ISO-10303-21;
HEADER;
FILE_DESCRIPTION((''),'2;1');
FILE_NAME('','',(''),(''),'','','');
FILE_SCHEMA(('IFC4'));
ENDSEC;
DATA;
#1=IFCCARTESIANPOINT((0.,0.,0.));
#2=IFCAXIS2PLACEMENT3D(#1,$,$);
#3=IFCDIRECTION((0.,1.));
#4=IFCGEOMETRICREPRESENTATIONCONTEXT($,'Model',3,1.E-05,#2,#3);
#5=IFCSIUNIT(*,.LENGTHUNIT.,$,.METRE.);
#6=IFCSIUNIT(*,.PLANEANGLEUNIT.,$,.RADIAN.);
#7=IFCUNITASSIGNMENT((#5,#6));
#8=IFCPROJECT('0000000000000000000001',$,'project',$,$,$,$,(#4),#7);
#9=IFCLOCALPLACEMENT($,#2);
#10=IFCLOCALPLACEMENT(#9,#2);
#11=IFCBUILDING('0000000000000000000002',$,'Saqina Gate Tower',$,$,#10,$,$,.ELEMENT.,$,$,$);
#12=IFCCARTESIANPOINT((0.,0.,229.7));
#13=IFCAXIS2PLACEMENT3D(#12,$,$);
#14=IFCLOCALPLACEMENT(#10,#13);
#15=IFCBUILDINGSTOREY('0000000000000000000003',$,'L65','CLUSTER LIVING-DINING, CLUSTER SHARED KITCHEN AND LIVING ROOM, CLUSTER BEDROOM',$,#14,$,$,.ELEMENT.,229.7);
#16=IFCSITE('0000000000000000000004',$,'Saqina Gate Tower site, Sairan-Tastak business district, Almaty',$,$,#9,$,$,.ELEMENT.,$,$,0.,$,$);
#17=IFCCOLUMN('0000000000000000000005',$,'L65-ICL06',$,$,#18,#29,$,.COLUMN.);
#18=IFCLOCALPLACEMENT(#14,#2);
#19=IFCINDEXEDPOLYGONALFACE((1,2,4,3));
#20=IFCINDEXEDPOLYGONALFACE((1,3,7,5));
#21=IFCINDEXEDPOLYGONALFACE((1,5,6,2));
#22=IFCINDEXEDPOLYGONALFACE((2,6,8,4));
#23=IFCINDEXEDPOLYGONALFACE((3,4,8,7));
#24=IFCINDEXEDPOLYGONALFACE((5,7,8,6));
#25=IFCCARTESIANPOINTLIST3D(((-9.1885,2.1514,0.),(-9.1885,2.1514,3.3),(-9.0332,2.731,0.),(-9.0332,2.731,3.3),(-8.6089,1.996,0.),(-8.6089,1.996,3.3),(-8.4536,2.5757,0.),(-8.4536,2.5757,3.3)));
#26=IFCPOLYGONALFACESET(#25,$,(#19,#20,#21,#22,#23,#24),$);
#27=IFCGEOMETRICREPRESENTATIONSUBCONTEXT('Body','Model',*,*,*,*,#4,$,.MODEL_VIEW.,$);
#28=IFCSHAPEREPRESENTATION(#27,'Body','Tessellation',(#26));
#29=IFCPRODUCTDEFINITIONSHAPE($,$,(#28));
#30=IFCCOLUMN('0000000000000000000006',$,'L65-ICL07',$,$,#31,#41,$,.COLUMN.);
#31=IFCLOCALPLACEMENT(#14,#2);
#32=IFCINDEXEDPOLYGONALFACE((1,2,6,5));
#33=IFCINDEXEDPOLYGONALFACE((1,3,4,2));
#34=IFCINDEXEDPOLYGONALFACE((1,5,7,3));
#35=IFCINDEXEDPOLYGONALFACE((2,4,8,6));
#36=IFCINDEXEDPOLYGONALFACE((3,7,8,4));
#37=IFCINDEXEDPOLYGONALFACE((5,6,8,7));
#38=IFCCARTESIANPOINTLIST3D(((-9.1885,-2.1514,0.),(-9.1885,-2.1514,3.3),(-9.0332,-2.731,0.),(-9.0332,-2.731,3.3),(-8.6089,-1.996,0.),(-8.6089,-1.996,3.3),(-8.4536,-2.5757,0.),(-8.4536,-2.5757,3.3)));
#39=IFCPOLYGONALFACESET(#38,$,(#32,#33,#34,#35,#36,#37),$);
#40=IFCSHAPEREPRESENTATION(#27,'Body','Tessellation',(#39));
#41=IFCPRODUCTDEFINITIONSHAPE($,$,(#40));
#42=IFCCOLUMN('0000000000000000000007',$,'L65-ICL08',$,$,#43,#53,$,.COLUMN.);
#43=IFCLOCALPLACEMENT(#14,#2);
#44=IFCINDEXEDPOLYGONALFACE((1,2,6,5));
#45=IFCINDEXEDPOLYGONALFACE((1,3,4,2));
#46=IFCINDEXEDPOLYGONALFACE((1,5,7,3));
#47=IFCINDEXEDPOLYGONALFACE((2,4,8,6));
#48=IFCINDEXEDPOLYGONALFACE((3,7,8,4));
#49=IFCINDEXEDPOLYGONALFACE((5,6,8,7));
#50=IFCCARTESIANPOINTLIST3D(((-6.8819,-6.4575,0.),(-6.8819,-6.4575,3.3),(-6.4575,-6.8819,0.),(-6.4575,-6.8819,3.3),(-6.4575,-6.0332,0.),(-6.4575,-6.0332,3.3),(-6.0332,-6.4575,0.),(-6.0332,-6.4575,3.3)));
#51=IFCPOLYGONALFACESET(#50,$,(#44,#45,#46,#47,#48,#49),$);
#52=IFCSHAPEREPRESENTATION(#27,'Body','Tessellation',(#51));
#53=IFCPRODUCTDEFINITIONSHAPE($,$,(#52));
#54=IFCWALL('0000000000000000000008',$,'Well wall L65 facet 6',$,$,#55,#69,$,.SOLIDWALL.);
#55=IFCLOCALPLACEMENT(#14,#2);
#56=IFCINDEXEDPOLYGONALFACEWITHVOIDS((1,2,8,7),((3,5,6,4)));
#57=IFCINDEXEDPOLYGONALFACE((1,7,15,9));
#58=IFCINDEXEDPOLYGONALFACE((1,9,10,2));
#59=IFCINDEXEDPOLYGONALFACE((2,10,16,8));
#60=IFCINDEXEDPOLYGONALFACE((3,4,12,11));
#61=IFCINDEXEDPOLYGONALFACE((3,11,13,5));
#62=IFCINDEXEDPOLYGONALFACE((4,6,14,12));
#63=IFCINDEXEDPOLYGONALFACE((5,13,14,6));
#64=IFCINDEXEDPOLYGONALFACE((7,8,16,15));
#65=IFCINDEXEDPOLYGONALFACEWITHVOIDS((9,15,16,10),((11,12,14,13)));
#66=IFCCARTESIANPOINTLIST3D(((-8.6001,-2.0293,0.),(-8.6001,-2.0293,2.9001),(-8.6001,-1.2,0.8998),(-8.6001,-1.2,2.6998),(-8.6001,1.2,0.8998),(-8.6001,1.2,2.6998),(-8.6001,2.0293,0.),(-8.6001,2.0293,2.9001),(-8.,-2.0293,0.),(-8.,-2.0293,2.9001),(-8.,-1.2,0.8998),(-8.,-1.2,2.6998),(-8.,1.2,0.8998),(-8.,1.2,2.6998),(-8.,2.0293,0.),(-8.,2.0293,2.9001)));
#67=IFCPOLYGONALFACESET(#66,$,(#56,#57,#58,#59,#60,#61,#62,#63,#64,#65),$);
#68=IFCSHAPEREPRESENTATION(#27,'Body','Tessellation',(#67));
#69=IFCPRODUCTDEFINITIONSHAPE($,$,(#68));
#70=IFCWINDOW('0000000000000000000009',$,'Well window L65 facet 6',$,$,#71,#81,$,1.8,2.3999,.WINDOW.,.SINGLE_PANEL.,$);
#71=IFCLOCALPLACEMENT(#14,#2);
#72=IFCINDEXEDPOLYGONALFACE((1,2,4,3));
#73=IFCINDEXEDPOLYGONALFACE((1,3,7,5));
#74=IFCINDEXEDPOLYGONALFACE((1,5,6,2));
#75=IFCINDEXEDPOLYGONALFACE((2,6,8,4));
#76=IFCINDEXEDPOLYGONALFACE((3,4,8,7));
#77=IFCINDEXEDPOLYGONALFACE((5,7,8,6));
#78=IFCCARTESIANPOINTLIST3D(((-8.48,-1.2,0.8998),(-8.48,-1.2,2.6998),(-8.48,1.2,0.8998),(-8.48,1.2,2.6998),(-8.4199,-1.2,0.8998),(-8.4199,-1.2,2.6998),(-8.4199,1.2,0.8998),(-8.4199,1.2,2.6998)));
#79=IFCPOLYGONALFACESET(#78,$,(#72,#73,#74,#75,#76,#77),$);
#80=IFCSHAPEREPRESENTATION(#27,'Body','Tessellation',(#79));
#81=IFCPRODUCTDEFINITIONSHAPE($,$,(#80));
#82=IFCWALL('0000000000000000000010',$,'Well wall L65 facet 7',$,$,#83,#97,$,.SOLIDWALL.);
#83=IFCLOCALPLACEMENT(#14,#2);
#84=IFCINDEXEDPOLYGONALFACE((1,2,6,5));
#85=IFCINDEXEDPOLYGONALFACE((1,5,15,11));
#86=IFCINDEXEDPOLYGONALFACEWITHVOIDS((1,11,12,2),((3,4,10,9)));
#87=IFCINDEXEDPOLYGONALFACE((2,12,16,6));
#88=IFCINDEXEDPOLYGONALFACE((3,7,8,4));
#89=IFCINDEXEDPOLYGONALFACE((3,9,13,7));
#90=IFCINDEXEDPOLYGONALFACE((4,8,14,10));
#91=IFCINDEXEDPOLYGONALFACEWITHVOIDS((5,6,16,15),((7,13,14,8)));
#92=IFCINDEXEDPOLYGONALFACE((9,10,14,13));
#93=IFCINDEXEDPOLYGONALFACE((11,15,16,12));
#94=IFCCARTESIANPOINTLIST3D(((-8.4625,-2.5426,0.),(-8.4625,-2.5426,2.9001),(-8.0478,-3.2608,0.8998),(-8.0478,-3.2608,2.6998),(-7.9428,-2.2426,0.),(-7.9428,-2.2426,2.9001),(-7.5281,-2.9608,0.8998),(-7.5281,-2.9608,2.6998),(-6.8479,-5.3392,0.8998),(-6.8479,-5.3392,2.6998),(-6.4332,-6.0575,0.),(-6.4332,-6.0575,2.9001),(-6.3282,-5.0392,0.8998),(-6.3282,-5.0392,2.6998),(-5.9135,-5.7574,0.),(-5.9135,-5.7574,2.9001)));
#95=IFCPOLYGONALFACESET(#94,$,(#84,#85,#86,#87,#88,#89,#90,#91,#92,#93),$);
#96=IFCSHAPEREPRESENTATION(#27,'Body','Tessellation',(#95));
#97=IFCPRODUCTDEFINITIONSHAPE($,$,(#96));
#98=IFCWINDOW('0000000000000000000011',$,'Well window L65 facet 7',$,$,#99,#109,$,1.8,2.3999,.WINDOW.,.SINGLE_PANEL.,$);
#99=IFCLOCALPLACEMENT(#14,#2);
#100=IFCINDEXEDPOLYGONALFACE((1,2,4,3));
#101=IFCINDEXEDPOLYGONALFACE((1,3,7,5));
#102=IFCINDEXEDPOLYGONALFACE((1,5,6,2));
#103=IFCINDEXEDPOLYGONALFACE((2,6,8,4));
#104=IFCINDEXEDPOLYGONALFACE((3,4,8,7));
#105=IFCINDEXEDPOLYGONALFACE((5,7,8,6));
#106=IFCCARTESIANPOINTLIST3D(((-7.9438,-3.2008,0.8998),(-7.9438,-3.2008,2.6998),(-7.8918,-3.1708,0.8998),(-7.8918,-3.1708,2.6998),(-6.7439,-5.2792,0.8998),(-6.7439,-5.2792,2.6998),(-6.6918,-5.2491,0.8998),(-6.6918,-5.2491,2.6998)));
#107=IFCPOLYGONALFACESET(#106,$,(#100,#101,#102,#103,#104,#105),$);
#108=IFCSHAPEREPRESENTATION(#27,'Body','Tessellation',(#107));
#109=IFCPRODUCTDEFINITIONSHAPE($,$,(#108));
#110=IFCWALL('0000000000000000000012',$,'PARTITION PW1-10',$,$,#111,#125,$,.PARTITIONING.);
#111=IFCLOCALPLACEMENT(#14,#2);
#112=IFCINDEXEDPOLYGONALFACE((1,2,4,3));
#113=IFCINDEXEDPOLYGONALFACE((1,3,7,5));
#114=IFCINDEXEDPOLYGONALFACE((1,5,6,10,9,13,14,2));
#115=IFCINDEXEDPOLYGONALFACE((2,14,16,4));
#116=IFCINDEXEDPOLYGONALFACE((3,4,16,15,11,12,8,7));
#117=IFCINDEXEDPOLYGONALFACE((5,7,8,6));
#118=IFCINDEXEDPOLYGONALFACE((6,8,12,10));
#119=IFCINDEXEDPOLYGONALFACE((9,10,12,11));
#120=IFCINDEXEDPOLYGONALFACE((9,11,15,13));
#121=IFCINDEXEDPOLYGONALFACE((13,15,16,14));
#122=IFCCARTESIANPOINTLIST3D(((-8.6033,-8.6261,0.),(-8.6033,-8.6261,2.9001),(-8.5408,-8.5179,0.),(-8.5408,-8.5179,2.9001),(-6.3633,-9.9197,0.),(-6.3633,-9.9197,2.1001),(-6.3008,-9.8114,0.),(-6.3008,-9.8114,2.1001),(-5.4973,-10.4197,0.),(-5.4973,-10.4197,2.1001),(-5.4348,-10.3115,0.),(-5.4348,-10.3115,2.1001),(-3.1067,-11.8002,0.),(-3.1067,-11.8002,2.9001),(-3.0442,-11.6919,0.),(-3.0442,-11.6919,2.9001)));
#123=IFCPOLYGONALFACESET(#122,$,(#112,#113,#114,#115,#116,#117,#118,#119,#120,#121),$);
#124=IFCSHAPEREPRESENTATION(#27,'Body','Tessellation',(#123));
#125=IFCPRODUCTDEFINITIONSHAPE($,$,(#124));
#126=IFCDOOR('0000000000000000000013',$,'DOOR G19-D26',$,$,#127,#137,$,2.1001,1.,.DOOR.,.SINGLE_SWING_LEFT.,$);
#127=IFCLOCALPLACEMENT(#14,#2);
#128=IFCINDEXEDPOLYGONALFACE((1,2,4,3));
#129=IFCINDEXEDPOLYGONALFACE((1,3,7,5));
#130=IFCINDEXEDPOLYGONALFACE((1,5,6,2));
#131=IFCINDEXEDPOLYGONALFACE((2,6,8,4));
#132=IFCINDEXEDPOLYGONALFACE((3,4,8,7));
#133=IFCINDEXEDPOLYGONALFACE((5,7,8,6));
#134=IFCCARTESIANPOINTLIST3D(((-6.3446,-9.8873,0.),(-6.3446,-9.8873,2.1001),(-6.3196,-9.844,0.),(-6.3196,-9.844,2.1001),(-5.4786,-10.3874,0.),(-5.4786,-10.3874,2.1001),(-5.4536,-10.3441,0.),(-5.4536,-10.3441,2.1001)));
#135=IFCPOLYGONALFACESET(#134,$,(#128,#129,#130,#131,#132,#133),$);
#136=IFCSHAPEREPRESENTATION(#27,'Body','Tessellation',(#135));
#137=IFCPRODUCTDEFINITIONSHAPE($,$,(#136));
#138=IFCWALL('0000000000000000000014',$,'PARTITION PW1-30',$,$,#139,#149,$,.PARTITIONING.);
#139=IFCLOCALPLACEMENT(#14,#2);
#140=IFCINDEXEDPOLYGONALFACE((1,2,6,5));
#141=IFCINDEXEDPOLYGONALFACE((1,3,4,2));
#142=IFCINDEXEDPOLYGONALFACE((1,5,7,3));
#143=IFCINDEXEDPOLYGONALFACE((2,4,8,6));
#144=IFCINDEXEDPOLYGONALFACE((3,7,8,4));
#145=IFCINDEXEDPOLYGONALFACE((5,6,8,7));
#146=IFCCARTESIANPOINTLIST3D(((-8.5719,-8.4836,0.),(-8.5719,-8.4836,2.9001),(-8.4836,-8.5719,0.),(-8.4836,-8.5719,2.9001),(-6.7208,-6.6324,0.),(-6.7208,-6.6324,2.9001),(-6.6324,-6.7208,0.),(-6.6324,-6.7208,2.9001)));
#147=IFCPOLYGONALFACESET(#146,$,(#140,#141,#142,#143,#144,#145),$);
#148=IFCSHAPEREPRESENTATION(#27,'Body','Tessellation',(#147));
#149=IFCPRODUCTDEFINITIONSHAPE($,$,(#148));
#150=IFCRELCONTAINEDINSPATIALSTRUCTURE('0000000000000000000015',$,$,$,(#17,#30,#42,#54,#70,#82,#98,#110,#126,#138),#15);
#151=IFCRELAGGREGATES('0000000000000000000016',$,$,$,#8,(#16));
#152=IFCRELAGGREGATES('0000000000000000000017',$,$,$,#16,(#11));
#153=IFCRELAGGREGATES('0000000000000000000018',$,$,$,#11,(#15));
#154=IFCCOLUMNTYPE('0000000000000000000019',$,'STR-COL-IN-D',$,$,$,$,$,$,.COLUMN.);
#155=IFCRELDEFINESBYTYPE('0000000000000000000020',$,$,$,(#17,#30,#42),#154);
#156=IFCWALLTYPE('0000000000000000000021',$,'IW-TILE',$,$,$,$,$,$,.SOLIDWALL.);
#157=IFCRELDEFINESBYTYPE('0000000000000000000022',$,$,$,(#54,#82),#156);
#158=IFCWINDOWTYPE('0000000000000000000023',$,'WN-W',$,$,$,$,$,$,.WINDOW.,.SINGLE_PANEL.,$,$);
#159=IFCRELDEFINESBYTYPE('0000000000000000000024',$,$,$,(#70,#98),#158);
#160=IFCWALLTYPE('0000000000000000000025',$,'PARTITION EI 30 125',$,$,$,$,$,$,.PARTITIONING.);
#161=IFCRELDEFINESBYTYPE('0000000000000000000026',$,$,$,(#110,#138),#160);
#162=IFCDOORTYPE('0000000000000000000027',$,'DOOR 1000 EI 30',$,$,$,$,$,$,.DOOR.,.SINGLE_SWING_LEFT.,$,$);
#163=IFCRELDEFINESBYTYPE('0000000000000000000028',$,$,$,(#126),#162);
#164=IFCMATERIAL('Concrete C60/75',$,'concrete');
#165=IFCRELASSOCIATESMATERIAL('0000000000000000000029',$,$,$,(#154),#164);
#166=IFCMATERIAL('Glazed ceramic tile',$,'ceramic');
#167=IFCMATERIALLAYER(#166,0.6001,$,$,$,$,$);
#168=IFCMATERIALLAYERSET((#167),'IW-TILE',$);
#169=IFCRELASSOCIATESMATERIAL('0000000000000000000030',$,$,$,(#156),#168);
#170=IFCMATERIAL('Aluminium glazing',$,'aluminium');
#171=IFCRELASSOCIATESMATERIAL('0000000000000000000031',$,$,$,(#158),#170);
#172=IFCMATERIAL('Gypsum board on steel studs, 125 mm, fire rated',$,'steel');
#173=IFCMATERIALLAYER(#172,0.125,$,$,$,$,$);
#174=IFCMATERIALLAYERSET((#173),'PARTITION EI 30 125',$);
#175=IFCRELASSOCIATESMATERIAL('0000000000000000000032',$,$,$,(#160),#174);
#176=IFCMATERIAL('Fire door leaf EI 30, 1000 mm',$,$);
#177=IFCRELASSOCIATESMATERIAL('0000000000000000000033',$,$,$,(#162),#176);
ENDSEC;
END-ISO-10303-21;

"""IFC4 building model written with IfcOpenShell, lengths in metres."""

from ifc_helpers import new_model, si_unit, direction, frame, frame_2d, origin, origin_2d, place, context, subcontext, project, spatial, rectangle, extrude, material, layer, layer_set, material_profile, profile_set, type_object, element, fill, save


model = new_model("IFC4")

# Units and contexts
model_context = context("Model", 3, precision=1e-05, world=origin(), true_north=direction((0.0, 1.0)))
body_context = subcontext(model_context, "Body", "Model", "MODEL_VIEW")
ifc_project = project(units=[si_unit("LENGTHUNIT", "METRE"), si_unit("PLANEANGLEUNIT", "RADIAN")], contexts=[model_context])

# Site, building, storey
site_placement = place(None, origin())
site = spatial("IfcSite", under=ifc_project, at=site_placement, Name="Saqina Gate Tower site, Sairan-Tastak business district, Almaty", CompositionType="ELEMENT", RefElevation=0.0)
building_placement = place(site_placement, origin())
building = spatial("IfcBuilding", under=site, at=building_placement, Name="Saqina Gate Tower", CompositionType="ELEMENT")
storey_placement = place(building_placement, frame((0.0, 0.0, 229.7)))
storey = spatial("IfcBuildingStorey", under=building, at=storey_placement, Name="L65", Description="CLUSTER LIVING-DINING, CLUSTER SHARED KITCHEN AND LIVING ROOM, CLUSTER BEDROOM", CompositionType="ELEMENT", Elevation=229.7)

# Columns
ifc_material_1 = material(Name="Concrete C60/75", Category="concrete")
ifc_material_profile = material_profile(ifc_material_1, rectangle(XDim=0.6001, YDim=0.6001, at=origin_2d()), Name="RC 600x600")
ifc_profile_set = profile_set([ifc_material_profile], Name="Concrete C60/75")
column_type = type_object("IfcColumnType", Name="STR-COL-IN-D", PredefinedType="COLUMN", material=ifc_profile_set)
for number, where, z_axis, x_axis, name in (
    (1, (-8.821, 2.3635, 0.0), (0.0, 0.0, 1.0), (-0.965926, 0.258819, 0.0), "L65-ICL06"),
    (2, (-8.821, -2.3635, 0.0), (0.0, 0.0, 1.0), (-0.965926, -0.258819, 0.0), "L65-ICL07"),
    (3, (-6.4575, -6.4575, 0.0), (0.0, 0.0, 1.0), (-0.707107, -0.707107, 0.0), "L65-ICL08"),
):
    element("IfcColumn", number, at=place(storey_placement, frame(where, z_axis=z_axis, x_axis=x_axis)), inside=storey, type_object=column_type, Name=name, PredefinedType="COLUMN", context=body_context, shape_type="SweptSolid", body=[
        extrude(rectangle(XDim=0.6001, YDim=0.6001, at=origin_2d()), origin(), (0.0, 0.0, 1.0), 3.3),
    ])

# Walls, openings, windows
ifc_material_2 = material(Name="Glazed ceramic tile", Category="ceramic")
ifc_layer_1 = layer(ifc_material_2, 0.6001)
ifc_layer_set_1 = layer_set([ifc_layer_1], Name="IW-TILE")
wall_type_1 = type_object("IfcWallType", Name="IW-TILE", PredefinedType="SOLIDWALL", material=ifc_layer_set_1)
wall_1_placement = place(storey_placement, frame((-8.3, 2.0293, 0.0), z_axis=(0.0, 0.0, 1.0), x_axis=(0.0, -1.0, 0.0)))
wall_1 = element("IfcWall", 4, at=wall_1_placement, inside=storey, type_object=wall_type_1, Name="Well wall L65 facet 6", PredefinedType="SOLIDWALL", context=body_context, shape_type="SweptSolid", body=[
    extrude(rectangle(XDim=4.0586, YDim=0.6001, at=frame_2d((2.0293, 0.0))), origin(), (0.0, 0.0, 1.0), 2.9001),
])
opening_1_placement = place(wall_1_placement, frame((0.8293, 0.0, 0.8999)))
opening_1 = element("IfcOpeningElement", 5, at=opening_1_placement, cuts=wall_1, PredefinedType="OPENING", context=body_context, shape_type="SweptSolid", body=[
    extrude(rectangle(XDim=2.3999, YDim=1.8, at=frame_2d((1.2, 0.8999))), frame((0.0, 0.312, 0.0), z_axis=(0.0, -1.0, 0.0), x_axis=(1.0, 0.0, 0.0)), (0.0, 0.0, 1.0), 0.624),
])
ifc_material_3 = material(Name="Aluminium glazing", Category="aluminium")
window_type = type_object("IfcWindowType", Name="WN-W", PartitioningType="SINGLE_PANEL", PredefinedType="WINDOW", material=ifc_material_3)
window_1_placement = place(opening_1_placement, origin())
window_1 = element("IfcWindow", 6, at=window_1_placement, inside=storey, type_object=window_type, Name="Well window L65 facet 6", OverallHeight=1.8, OverallWidth=2.3999, PartitioningType="SINGLE_PANEL", PredefinedType="WINDOW", context=body_context, shape_type="SweptSolid", body=[
    extrude(rectangle(XDim=2.3999, YDim=1.8, at=frame_2d((1.2, 0.8999))), frame((0.0, -0.1199, 0.0), z_axis=(0.0, -1.0, 0.0), x_axis=(1.0, 0.0, 0.0)), (0.0, 0.0, 1.0), 0.0601),
])
fill(opening_1, window_1)
wall_2_placement = place(storey_placement, frame((-8.2026, -2.3926, 0.0), z_axis=(0.0, 0.0, 1.0), x_axis=(0.499995, -0.866028, 0.0)))
wall_2 = element("IfcWall", 7, at=wall_2_placement, inside=storey, type_object=wall_type_1, Name="Well wall L65 facet 7", PredefinedType="SOLIDWALL", context=body_context, shape_type="SweptSolid", body=[
    extrude(rectangle(XDim=4.0586, YDim=0.6001, at=frame_2d((2.0293, 0.0))), origin(), (0.0, 0.0, 1.0), 2.9001),
])
opening_2_placement = place(wall_2_placement, frame((0.8293, 0.0, 0.8999)))
opening_2 = element("IfcOpeningElement", 8, at=opening_2_placement, cuts=wall_2, PredefinedType="OPENING", context=body_context, shape_type="SweptSolid", body=[
    extrude(rectangle(XDim=2.3999, YDim=1.8, at=frame_2d((1.2, 0.8999))), frame((0.0, 0.312, 0.0), z_axis=(0.0, -1.0, 0.0), x_axis=(1.0, 0.0, 0.0)), (0.0, 0.0, 1.0), 0.624),
])
window_2_placement = place(opening_2_placement, origin())
window_2 = element("IfcWindow", 9, at=window_2_placement, inside=storey, type_object=window_type, Name="Well window L65 facet 7", OverallHeight=1.8, OverallWidth=2.3999, PartitioningType="SINGLE_PANEL", PredefinedType="WINDOW", context=body_context, shape_type="SweptSolid", body=[
    extrude(rectangle(XDim=2.3999, YDim=1.8, at=frame_2d((1.2, 0.8999))), frame((0.0, -0.1199, 0.0), z_axis=(0.0, -1.0, 0.0), x_axis=(1.0, 0.0, 0.0)), (0.0, 0.0, 1.0), 0.0601),
])
fill(opening_2, window_2)

# Wall, opening, door
ifc_material_4 = material(Name="Gypsum board on steel studs, 125 mm, fire rated", Category="steel")
ifc_layer_2 = layer(ifc_material_4, 0.125)
ifc_layer_set_2 = layer_set([ifc_layer_2], Name="PARTITION EI 30 125")
wall_type_2 = type_object("IfcWallType", Name="PARTITION EI 30 125", PredefinedType="PARTITIONING", material=ifc_layer_set_2)
wall_3_placement = place(storey_placement, frame((-8.572, -8.572, 0.0), z_axis=(0.0, 0.0, 1.0), x_axis=(0.865983, -0.500073, 0.0)))
wall_3 = element("IfcWall", 10, at=wall_3_placement, inside=storey, type_object=wall_type_2, Name="PARTITION PW1-10", PredefinedType="PARTITIONING", context=body_context, shape_type="SweptSolid", body=[
    extrude(rectangle(XDim=6.3472, YDim=0.125, at=frame_2d((3.1736, 0.0))), origin(), (0.0, 0.0, 1.0), 2.9001),
])
opening_3_placement = place(wall_3_placement, frame((2.5867, 0.0, 0.0)))
opening_3 = element("IfcOpeningElement", 11, at=opening_3_placement, cuts=wall_3, PredefinedType="OPENING", context=body_context, shape_type="SweptSolid", body=[
    extrude(rectangle(XDim=1.0, YDim=2.1001, at=frame_2d((0.5, 1.05))), frame((0.0, 0.0745, 0.0), z_axis=(0.0, -1.0, 0.0), x_axis=(1.0, 0.0, 0.0)), (0.0, 0.0, 1.0), 0.1489),
])
ifc_material_5 = material(Name="Fire door leaf EI 30, 1000 mm")
door_type_1 = type_object("IfcDoorType", Name="DOOR 1000 EI 30", OperationType="SINGLE_SWING_LEFT", PredefinedType="DOOR", material=ifc_material_5)
door_1_placement = place(opening_3_placement, origin())
door_1 = element("IfcDoor", 12, at=door_1_placement, inside=storey, type_object=door_type_1, Name="DOOR G19-D26", OperationType="SINGLE_SWING_LEFT", OverallHeight=2.1001, OverallWidth=1.0, PredefinedType="DOOR", context=body_context, shape_type="SweptSolid", body=[
    extrude(rectangle(XDim=1.0, YDim=2.1001, at=frame_2d((0.5, 1.05))), frame((0.0, 0.0249, 0.0), z_axis=(0.0, -1.0, 0.0), x_axis=(1.0, 0.0, 0.0)), (0.0, 0.0, 1.0), 0.05),
])
fill(opening_3, door_1)

# Wall
wall_4_placement = place(storey_placement, frame((-8.5278, -8.5278, 0.0), z_axis=(0.0, 0.0, 1.0), x_axis=(0.707107, 0.707107, 0.0)))
element("IfcWall", 13, at=wall_4_placement, inside=storey, type_object=wall_type_2, Name="PARTITION PW1-30", PredefinedType="PARTITIONING", context=body_context, shape_type="SweptSolid", body=[
    extrude(rectangle(XDim=2.6179, YDim=0.125, at=frame_2d((1.3091, 0.0))), origin(), (0.0, 0.0, 1.0), 2.9001),
])

save(model, "model.ifc")
